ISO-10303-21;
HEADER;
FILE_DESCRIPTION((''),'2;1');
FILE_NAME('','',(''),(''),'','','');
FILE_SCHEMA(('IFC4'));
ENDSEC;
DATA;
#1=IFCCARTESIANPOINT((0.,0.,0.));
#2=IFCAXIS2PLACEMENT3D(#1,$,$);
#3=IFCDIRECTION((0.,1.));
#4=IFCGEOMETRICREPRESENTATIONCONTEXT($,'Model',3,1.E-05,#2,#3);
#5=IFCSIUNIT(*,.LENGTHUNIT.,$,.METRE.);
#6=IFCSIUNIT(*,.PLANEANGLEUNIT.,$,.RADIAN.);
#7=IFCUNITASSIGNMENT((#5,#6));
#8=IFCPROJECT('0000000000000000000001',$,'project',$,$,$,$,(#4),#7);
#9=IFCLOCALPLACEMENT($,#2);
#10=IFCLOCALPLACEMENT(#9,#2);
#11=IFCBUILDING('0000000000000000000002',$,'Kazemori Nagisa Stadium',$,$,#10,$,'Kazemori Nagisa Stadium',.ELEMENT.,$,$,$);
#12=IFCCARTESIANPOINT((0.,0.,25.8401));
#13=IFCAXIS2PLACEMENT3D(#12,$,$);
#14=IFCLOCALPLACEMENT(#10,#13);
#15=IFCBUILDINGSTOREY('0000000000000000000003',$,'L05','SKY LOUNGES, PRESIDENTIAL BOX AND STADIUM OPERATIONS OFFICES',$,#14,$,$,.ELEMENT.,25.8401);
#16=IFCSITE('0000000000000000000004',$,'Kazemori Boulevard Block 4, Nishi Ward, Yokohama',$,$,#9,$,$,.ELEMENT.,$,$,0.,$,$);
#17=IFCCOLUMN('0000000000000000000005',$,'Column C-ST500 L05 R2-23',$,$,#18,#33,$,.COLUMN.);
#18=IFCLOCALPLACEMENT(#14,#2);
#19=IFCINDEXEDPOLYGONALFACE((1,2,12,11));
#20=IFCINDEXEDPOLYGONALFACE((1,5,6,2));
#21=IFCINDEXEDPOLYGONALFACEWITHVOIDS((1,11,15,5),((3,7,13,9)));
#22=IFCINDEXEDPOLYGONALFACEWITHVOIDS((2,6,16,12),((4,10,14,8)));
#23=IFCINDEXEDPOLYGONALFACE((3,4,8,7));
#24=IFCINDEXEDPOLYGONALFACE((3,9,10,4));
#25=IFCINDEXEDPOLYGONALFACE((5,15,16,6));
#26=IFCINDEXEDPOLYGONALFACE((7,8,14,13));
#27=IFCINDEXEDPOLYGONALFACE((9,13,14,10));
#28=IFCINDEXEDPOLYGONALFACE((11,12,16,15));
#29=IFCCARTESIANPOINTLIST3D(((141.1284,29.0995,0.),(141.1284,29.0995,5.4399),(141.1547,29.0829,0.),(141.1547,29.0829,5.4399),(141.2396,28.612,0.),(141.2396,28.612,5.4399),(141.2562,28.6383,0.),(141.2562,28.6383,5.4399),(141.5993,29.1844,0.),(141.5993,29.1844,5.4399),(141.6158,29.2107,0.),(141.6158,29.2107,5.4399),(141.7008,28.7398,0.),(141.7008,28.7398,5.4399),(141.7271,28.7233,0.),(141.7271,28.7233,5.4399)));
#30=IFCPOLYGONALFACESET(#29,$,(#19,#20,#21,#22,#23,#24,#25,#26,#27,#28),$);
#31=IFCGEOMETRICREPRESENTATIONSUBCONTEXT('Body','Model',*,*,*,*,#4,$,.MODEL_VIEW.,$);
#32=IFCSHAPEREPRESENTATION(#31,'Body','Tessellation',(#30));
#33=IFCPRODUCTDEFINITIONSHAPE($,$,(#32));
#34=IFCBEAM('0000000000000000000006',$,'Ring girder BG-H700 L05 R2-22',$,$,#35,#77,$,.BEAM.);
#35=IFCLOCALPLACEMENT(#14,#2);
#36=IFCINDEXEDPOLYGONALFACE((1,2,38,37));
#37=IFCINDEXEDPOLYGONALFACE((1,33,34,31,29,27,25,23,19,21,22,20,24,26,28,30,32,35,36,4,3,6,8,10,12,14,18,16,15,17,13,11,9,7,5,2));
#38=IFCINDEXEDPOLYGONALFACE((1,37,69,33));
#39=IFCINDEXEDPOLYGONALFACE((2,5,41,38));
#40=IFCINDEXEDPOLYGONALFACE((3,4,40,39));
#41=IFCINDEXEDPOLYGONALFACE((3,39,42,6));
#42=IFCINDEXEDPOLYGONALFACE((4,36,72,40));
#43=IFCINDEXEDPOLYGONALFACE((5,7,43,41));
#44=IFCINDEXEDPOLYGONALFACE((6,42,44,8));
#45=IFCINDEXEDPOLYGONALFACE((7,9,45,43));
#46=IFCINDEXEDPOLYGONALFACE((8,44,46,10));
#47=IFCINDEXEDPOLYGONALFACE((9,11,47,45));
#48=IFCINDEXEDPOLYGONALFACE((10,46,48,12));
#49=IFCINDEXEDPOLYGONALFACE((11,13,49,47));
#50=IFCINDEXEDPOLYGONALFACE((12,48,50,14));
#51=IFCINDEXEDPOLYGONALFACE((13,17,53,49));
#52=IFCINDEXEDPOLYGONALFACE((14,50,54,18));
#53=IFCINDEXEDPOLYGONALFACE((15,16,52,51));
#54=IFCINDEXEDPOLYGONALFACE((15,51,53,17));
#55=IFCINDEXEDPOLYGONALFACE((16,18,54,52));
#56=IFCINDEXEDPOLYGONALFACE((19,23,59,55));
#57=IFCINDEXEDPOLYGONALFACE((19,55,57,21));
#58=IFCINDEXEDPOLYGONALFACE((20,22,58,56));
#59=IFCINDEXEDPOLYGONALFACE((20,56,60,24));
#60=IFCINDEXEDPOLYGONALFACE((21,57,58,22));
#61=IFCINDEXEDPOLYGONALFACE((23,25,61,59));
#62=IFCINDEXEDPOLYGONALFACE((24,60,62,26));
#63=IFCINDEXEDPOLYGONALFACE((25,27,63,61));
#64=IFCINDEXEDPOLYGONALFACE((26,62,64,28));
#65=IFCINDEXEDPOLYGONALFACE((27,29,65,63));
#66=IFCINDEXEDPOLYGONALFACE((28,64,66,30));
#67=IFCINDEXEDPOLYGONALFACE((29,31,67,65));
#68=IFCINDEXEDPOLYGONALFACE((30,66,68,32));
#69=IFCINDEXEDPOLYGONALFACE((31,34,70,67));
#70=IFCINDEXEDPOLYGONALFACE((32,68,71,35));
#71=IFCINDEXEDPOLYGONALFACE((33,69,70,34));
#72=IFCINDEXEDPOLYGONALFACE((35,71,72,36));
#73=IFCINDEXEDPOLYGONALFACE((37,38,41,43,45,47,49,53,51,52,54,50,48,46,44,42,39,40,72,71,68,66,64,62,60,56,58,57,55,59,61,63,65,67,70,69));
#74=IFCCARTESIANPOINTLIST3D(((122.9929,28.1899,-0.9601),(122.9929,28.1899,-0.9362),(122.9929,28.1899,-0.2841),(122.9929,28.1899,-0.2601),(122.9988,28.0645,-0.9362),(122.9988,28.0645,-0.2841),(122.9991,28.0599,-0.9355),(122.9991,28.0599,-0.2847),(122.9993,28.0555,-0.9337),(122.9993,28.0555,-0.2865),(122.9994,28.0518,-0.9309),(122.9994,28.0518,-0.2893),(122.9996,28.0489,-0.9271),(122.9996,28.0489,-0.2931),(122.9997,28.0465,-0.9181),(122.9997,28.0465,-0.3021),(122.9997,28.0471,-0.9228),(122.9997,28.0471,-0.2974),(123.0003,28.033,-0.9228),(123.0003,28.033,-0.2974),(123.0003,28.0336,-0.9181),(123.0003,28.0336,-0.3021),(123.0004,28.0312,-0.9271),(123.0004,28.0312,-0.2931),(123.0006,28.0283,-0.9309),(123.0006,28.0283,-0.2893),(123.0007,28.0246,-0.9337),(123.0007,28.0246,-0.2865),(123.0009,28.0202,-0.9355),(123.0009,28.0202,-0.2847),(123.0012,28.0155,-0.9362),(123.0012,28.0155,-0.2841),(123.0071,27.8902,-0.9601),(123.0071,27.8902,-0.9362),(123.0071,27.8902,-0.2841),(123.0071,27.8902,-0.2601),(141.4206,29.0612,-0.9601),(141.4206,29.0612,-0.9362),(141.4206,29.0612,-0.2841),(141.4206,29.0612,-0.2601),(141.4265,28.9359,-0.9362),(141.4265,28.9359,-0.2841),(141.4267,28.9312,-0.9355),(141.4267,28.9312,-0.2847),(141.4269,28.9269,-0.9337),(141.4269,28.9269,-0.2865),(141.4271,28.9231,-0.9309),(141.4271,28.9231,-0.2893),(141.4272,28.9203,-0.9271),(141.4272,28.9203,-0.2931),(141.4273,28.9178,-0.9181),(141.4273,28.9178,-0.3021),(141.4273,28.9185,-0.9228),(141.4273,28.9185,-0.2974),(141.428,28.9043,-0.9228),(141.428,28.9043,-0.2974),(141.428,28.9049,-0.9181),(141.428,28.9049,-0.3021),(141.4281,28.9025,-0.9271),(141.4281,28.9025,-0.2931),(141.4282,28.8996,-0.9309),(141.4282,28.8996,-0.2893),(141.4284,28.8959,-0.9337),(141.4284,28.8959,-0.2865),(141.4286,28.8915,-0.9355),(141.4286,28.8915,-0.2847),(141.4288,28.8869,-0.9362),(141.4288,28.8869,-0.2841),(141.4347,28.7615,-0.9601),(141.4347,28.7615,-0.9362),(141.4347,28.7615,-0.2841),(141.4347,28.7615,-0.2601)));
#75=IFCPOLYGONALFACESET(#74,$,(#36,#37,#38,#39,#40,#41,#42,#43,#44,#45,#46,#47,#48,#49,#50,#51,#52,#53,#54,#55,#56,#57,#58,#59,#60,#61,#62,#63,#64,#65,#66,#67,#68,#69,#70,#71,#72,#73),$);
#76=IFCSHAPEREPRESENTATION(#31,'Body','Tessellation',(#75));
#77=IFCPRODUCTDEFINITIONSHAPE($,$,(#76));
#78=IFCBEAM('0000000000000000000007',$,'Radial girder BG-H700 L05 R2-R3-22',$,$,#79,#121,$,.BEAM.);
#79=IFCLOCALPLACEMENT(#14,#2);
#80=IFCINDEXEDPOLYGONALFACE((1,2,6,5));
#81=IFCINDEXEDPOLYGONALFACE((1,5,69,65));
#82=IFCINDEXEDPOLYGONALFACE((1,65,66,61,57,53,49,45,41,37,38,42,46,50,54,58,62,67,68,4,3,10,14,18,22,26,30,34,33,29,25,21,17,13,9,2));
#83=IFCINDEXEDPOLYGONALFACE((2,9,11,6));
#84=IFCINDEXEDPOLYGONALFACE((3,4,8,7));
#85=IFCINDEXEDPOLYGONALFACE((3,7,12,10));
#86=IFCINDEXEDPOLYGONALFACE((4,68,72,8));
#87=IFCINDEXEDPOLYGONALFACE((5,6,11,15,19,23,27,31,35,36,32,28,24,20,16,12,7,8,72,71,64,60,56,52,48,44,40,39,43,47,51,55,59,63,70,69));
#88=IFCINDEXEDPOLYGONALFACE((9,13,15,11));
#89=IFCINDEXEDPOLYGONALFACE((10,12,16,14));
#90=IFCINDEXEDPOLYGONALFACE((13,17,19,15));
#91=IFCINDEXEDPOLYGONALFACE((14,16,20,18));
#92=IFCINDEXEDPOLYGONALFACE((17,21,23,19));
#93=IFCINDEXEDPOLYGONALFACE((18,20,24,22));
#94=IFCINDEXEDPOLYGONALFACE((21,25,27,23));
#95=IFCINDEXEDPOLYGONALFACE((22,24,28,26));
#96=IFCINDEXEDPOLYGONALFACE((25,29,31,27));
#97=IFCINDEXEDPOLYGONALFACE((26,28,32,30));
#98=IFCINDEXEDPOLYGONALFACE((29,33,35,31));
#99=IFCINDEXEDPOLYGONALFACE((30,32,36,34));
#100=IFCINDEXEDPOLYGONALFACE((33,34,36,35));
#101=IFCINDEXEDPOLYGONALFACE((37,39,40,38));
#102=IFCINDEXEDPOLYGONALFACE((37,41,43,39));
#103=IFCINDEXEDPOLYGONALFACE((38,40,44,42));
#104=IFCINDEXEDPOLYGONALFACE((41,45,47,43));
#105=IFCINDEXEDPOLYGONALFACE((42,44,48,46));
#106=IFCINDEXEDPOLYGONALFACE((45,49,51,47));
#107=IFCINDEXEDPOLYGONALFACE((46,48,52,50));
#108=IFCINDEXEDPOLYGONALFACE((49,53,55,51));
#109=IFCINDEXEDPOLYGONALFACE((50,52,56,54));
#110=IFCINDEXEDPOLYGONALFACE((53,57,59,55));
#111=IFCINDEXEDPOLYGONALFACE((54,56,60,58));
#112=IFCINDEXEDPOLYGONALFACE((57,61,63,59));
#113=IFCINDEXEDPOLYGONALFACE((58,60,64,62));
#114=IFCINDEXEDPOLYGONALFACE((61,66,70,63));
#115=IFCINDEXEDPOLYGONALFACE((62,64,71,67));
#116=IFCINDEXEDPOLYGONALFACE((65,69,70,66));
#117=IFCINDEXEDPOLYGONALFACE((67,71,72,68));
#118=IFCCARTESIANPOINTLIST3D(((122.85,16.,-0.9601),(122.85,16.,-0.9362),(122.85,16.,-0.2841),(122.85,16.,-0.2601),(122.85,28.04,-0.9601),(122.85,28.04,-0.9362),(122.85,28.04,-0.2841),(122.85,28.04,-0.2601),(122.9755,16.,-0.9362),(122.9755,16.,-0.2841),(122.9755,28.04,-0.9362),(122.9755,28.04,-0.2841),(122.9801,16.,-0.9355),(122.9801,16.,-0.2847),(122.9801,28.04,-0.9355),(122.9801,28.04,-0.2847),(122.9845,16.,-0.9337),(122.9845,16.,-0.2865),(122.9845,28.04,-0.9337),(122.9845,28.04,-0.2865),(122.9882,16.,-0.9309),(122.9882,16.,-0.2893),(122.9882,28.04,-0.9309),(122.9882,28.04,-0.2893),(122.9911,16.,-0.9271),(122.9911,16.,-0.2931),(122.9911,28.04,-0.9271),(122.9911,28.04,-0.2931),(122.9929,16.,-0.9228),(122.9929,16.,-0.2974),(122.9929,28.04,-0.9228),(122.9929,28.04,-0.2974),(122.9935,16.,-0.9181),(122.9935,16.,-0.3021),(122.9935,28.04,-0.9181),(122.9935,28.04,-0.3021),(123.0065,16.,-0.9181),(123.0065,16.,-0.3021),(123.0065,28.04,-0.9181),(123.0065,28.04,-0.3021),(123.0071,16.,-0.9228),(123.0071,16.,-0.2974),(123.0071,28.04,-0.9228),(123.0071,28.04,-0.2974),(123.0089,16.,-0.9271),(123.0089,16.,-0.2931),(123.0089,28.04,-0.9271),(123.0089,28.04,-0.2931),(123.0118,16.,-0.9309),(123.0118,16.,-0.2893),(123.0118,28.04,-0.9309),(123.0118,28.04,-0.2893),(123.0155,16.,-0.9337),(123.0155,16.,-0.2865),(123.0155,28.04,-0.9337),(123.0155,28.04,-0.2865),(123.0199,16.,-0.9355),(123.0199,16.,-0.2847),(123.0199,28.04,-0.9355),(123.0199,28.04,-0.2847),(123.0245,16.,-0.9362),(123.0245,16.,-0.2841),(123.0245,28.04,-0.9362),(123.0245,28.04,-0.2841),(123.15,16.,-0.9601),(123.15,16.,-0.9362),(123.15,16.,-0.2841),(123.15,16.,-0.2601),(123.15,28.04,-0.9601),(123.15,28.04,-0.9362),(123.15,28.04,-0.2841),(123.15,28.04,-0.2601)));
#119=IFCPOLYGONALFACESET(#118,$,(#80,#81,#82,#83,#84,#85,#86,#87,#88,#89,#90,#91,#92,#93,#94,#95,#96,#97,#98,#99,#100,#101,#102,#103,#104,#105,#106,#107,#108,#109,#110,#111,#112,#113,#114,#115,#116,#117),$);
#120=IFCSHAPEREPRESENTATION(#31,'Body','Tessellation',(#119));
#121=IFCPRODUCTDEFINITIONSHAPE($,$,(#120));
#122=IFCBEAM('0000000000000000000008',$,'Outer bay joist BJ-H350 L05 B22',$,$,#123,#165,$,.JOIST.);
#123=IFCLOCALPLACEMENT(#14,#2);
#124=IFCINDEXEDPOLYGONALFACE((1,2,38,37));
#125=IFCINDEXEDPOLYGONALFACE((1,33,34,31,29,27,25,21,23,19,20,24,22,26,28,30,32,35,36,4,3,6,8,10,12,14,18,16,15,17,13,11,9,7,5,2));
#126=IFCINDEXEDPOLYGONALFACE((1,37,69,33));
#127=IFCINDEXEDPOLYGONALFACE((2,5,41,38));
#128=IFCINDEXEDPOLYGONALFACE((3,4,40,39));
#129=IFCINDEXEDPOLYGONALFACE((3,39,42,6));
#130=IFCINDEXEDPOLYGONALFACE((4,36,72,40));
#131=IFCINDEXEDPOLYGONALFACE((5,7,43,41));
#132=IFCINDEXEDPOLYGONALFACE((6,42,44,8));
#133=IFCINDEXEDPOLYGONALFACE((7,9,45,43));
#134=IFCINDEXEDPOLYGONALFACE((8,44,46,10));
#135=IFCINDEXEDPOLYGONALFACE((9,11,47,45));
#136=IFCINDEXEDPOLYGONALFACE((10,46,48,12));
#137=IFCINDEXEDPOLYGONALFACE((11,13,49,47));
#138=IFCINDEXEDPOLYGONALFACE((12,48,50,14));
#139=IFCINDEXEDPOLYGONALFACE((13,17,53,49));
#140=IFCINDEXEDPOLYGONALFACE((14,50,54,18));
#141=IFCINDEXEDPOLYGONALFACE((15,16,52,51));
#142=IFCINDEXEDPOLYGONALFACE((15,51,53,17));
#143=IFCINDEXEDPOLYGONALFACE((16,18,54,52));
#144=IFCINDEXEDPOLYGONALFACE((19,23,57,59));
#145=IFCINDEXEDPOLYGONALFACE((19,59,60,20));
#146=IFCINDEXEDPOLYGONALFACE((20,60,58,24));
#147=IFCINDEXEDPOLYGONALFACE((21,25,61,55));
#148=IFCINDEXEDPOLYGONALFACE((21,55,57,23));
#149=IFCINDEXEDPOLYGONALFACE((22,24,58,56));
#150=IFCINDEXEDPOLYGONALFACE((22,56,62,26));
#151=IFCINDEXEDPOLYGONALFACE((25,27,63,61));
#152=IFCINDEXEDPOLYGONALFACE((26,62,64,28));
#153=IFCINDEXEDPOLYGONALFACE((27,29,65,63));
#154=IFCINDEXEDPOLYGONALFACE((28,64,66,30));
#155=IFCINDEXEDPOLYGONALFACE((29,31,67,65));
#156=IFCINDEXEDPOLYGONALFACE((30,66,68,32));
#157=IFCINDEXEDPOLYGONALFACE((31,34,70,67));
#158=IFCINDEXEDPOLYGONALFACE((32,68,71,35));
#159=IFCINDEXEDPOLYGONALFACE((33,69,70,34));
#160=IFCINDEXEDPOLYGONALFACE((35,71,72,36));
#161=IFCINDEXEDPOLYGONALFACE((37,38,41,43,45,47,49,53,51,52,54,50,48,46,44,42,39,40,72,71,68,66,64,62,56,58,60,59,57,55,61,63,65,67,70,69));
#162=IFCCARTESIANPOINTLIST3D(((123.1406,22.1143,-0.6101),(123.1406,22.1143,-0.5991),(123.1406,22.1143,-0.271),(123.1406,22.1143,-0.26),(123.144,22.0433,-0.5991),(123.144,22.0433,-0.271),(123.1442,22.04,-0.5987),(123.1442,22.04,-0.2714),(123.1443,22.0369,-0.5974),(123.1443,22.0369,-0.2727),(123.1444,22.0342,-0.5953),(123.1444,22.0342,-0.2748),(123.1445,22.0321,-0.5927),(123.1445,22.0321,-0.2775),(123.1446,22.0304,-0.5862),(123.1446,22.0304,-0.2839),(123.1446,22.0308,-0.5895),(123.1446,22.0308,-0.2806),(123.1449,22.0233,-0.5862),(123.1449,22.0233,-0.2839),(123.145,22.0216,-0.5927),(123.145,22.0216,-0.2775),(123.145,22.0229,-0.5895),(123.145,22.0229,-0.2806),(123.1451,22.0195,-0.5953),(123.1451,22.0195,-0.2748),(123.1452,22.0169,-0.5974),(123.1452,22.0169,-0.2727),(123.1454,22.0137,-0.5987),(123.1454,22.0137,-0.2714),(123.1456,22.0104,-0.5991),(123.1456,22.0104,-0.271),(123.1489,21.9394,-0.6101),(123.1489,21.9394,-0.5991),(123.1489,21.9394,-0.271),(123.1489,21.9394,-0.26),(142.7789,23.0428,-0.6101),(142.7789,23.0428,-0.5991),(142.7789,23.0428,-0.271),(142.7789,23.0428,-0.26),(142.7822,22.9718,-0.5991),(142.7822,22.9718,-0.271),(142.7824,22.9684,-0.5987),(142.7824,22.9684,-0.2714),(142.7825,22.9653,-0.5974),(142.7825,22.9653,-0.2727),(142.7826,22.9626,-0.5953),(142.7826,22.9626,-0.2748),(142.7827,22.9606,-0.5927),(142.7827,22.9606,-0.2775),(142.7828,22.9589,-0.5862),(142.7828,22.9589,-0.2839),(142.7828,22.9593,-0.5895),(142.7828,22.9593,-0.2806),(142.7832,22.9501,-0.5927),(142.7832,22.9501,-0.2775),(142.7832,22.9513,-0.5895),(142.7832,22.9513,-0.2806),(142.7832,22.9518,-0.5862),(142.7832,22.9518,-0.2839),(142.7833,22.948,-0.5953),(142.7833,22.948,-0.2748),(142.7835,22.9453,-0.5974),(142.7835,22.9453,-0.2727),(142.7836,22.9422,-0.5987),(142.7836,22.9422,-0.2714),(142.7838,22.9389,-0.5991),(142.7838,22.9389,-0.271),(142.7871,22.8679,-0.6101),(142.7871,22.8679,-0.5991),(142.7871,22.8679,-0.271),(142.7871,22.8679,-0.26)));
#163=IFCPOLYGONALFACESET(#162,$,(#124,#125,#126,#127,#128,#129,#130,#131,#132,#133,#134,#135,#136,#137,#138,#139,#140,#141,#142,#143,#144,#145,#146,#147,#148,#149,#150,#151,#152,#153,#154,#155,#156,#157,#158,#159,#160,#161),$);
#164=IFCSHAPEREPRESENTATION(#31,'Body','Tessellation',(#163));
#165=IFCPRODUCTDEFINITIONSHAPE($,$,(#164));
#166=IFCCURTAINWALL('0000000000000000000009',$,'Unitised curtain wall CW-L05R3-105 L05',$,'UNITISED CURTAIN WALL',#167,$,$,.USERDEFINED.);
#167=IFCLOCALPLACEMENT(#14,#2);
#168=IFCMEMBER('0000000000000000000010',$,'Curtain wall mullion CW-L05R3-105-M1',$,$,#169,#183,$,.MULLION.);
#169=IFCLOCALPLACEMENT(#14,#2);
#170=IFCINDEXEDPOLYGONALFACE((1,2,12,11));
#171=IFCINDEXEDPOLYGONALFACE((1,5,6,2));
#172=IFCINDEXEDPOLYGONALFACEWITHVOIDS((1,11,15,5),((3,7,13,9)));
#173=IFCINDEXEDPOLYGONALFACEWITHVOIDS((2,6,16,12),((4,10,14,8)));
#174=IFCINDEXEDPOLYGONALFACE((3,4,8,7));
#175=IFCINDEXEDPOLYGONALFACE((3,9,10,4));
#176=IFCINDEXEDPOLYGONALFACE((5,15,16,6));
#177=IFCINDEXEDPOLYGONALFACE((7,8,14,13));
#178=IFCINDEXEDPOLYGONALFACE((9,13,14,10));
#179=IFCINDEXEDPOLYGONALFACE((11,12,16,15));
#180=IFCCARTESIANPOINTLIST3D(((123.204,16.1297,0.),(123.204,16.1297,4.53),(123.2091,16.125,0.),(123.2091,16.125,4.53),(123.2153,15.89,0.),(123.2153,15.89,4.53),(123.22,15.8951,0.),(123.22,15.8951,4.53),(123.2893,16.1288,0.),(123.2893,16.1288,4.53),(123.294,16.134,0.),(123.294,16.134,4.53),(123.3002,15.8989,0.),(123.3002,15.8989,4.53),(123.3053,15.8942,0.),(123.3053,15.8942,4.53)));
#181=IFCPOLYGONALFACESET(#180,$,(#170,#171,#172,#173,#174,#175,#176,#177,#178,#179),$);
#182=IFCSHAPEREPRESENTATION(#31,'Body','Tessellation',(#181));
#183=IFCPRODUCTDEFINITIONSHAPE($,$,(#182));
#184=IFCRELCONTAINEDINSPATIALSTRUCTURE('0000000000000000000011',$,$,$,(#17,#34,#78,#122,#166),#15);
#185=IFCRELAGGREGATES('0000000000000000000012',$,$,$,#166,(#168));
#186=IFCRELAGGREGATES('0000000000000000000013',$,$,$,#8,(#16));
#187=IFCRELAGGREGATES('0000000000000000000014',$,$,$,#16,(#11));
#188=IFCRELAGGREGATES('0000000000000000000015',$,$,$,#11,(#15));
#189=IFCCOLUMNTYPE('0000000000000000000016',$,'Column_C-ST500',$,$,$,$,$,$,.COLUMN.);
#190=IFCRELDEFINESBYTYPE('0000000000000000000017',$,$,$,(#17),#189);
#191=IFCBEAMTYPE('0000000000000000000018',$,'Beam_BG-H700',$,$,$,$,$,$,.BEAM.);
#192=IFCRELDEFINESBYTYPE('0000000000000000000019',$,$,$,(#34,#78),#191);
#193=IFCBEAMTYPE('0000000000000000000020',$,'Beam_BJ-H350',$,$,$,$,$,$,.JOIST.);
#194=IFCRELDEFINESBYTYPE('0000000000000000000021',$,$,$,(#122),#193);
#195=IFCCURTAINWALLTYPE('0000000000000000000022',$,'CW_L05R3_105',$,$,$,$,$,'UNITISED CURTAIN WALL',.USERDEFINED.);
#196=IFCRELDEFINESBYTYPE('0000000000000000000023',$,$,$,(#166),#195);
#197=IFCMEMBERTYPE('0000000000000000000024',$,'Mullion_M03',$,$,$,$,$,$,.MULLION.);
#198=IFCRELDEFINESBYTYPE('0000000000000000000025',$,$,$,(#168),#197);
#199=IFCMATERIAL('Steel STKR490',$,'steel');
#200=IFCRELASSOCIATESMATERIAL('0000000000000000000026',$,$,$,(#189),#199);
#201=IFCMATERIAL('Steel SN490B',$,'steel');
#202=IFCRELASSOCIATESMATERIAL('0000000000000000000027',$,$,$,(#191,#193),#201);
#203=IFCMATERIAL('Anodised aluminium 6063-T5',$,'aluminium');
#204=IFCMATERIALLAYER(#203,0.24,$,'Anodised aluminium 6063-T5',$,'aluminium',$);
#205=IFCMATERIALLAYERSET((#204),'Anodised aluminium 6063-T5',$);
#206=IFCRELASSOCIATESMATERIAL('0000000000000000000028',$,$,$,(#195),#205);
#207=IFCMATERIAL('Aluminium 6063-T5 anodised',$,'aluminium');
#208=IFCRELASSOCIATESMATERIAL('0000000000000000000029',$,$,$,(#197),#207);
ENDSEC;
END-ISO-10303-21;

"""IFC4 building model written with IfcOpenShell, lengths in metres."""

from ifc_helpers import new_model, si_unit, direction, frame, origin, origin_2d, place, context, subcontext, project, spatial, hollow_rectangle, i_section, extrude, material, layer, layer_set, material_profile, profile_set, type_object, element, aggregate, save


model = new_model("IFC4")

# Units and contexts
model_context = context("Model", 3, precision=1e-05, world=origin(), true_north=direction((0.0, 1.0)))
body_context = subcontext(model_context, "Body", "Model", "MODEL_VIEW")
ifc_project = project(units=[si_unit("LENGTHUNIT", "METRE"), si_unit("PLANEANGLEUNIT", "RADIAN")], contexts=[model_context])

# Site, building, storey
site_placement = place(None, origin())
site = spatial("IfcSite", under=ifc_project, at=site_placement, Name="Kazemori Boulevard Block 4, Nishi Ward, Yokohama", CompositionType="ELEMENT", RefElevation=0.0)
building_placement = place(site_placement, origin())
building = spatial("IfcBuilding", under=site, at=building_placement, Name="Kazemori Nagisa Stadium", LongName="Kazemori Nagisa Stadium", CompositionType="ELEMENT")
storey_placement = place(building_placement, frame((0.0, 0.0, 25.8401)))
storey = spatial("IfcBuildingStorey", under=building, at=storey_placement, Name="L05", Description="SKY LOUNGES, PRESIDENTIAL BOX AND STADIUM OPERATIONS OFFICES", CompositionType="ELEMENT", Elevation=25.8401)

# Column
ifc_material_1 = material(Name="Steel STKR490", Category="steel")
ifc_material_profile_1 = material_profile(ifc_material_1, hollow_rectangle(XDim=0.5, YDim=0.5, WallThickness=0.022, at=origin_2d()), Name="SHS-500x500x22")
ifc_profile_set_1 = profile_set([ifc_material_profile_1], Name="Steel STKR490")
column_type = type_object("IfcColumnType", Name="Column_C-ST500", PredefinedType="COLUMN", material=ifc_profile_set_1)
column_placement = place(storey_placement, frame((141.4277, 28.9114, 0.0), z_axis=(0.0, 0.0, 1.0), x_axis=(0.222521, -0.974928, 0.0)))
element("IfcColumn", 1, at=column_placement, inside=storey, type_object=column_type, Name="Column C-ST500 L05 R2-23", PredefinedType="COLUMN", context=body_context, shape_type="SweptSolid", body=[
    extrude(hollow_rectangle(XDim=0.5, YDim=0.5, WallThickness=0.022, at=origin_2d()), origin(), (0.0, 0.0, 1.0), 5.4399),
])

# Beams
ifc_material_2 = material(Name="Steel SN490B", Category="steel")
ifc_material_profile_2 = material_profile(ifc_material_2, i_section(OverallWidth=0.3, OverallDepth=0.7, WebThickness=0.0129, FlangeThickness=0.0239, FilletRadius=0.0181, at=origin_2d()), Name="H-700x300x13x24")
ifc_profile_set_2 = profile_set([ifc_material_profile_2], Name="Steel SN490B")
beam_type_1 = type_object("IfcBeamType", Name="Beam_BG-H700", PredefinedType="BEAM", material=ifc_profile_set_2)
beam_1_placement = place(storey_placement, frame((123.0, 28.04, -0.6101), z_axis=(0.998884, 0.047231, 0.0), x_axis=(-0.047231, 0.998884, 0.0)))
element("IfcBeam", 2, at=beam_1_placement, inside=storey, type_object=beam_type_1, Name="Ring girder BG-H700 L05 R2-22", PredefinedType="BEAM", context=body_context, shape_type="SweptSolid", body=[
    extrude(i_section(OverallWidth=0.3, OverallDepth=0.7, WebThickness=0.0129, FlangeThickness=0.0239, FilletRadius=0.0181, at=origin_2d()), origin(), (0.0, 0.0, 1.0), 18.4482),
])
beam_2_placement = place(storey_placement, frame((123.0, 28.04, -0.6101), z_axis=(0.0, -1.0, 0.0), x_axis=(1.0, 0.0, 0.0)))
element("IfcBeam", 3, at=beam_2_placement, inside=storey, type_object=beam_type_1, Name="Radial girder BG-H700 L05 R2-R3-22", PredefinedType="BEAM", context=body_context, shape_type="SweptSolid", body=[
    extrude(i_section(OverallWidth=0.3, OverallDepth=0.7, WebThickness=0.0129, FlangeThickness=0.0239, FilletRadius=0.0181, at=origin_2d()), origin(), (0.0, 0.0, 1.0), 12.04),
])
ifc_material_profile_3 = material_profile(ifc_material_2, i_section(OverallWidth=0.175, OverallDepth=0.3501, WebThickness=0.0071, FlangeThickness=0.011, FilletRadius=0.0129, at=origin_2d()), Name="H-350x175x7x11")
ifc_profile_set_3 = profile_set([ifc_material_profile_3], Name="Steel SN490B")
beam_type_2 = type_object("IfcBeamType", Name="Beam_BJ-H350", PredefinedType="JOIST", material=ifc_profile_set_3)
beam_3_placement = place(storey_placement, frame((123.1448, 22.0269, -0.4351), z_axis=(0.998884, 0.047226, 0.0), x_axis=(-0.047226, 0.998884, 0.0)))
element("IfcBeam", 4, at=beam_3_placement, inside=storey, type_object=beam_type_2, Name="Outer bay joist BJ-H350 L05 B22", PredefinedType="JOIST", context=body_context, shape_type="SweptSolid", body=[
    extrude(i_section(OverallWidth=0.175, OverallDepth=0.3501, WebThickness=0.0071, FlangeThickness=0.011, FilletRadius=0.0129, at=origin_2d()), origin(), (0.0, 0.0, 1.0), 19.6602),
])

# Curtain wall, member
ifc_material_3 = material(Name="Anodised aluminium 6063-T5", Category="aluminium")
ifc_layer_1 = layer(ifc_material_3, 0.24, Name="Anodised aluminium 6063-T5", Category="aluminium")
ifc_layer_set_1 = layer_set([ifc_layer_1], Name="Anodised aluminium 6063-T5")
curtain_wall_type = type_object("IfcCurtainWallType", Name="CW_L05R3_105", ElementType="UNITISED CURTAIN WALL", PredefinedType="USERDEFINED", material=ifc_layer_set_1)
curtain_wall_placement = place(storey_placement, origin())
curtain_wall = element("IfcCurtainWall", 5, at=curtain_wall_placement, inside=storey, type_object=curtain_wall_type, Name="Unitised curtain wall CW-L05R3-105 L05", ObjectType="UNITISED CURTAIN WALL", PredefinedType="USERDEFINED")
ifc_material_4 = material(Name="Aluminium 6063-T5 anodised", Category="aluminium")
ifc_material_profile_4 = material_profile(ifc_material_4, hollow_rectangle(XDim=0.0901, YDim=0.24, WallThickness=0.0049, at=origin_2d()), Name="ALU-MULL-90x240x5")
ifc_profile_set_4 = profile_set([ifc_material_profile_4], Name="Aluminium 6063-T5 anodised")
member_type_1 = type_object("IfcMemberType", Name="Mullion_M03", PredefinedType="MULLION", material=ifc_profile_set_4)
member_1_placement = place(storey_placement, frame((123.2546, 16.012, 0.0), z_axis=(0.0, 0.0, 1.0), x_axis=(0.998884, 0.04723, 0.0)))
member_1 = element("IfcMember", 6, at=member_1_placement, type_object=member_type_1, Name="Curtain wall mullion CW-L05R3-105-M1", PredefinedType="MULLION", context=body_context, shape_type="SweptSolid", body=[
    extrude(hollow_rectangle(XDim=0.0901, YDim=0.24, WallThickness=0.0049, at=origin_2d()), origin(), (0.0, 0.0, 1.0), 4.53),
])
aggregate(curtain_wall, [member_1])

save(model, "model.ifc")
